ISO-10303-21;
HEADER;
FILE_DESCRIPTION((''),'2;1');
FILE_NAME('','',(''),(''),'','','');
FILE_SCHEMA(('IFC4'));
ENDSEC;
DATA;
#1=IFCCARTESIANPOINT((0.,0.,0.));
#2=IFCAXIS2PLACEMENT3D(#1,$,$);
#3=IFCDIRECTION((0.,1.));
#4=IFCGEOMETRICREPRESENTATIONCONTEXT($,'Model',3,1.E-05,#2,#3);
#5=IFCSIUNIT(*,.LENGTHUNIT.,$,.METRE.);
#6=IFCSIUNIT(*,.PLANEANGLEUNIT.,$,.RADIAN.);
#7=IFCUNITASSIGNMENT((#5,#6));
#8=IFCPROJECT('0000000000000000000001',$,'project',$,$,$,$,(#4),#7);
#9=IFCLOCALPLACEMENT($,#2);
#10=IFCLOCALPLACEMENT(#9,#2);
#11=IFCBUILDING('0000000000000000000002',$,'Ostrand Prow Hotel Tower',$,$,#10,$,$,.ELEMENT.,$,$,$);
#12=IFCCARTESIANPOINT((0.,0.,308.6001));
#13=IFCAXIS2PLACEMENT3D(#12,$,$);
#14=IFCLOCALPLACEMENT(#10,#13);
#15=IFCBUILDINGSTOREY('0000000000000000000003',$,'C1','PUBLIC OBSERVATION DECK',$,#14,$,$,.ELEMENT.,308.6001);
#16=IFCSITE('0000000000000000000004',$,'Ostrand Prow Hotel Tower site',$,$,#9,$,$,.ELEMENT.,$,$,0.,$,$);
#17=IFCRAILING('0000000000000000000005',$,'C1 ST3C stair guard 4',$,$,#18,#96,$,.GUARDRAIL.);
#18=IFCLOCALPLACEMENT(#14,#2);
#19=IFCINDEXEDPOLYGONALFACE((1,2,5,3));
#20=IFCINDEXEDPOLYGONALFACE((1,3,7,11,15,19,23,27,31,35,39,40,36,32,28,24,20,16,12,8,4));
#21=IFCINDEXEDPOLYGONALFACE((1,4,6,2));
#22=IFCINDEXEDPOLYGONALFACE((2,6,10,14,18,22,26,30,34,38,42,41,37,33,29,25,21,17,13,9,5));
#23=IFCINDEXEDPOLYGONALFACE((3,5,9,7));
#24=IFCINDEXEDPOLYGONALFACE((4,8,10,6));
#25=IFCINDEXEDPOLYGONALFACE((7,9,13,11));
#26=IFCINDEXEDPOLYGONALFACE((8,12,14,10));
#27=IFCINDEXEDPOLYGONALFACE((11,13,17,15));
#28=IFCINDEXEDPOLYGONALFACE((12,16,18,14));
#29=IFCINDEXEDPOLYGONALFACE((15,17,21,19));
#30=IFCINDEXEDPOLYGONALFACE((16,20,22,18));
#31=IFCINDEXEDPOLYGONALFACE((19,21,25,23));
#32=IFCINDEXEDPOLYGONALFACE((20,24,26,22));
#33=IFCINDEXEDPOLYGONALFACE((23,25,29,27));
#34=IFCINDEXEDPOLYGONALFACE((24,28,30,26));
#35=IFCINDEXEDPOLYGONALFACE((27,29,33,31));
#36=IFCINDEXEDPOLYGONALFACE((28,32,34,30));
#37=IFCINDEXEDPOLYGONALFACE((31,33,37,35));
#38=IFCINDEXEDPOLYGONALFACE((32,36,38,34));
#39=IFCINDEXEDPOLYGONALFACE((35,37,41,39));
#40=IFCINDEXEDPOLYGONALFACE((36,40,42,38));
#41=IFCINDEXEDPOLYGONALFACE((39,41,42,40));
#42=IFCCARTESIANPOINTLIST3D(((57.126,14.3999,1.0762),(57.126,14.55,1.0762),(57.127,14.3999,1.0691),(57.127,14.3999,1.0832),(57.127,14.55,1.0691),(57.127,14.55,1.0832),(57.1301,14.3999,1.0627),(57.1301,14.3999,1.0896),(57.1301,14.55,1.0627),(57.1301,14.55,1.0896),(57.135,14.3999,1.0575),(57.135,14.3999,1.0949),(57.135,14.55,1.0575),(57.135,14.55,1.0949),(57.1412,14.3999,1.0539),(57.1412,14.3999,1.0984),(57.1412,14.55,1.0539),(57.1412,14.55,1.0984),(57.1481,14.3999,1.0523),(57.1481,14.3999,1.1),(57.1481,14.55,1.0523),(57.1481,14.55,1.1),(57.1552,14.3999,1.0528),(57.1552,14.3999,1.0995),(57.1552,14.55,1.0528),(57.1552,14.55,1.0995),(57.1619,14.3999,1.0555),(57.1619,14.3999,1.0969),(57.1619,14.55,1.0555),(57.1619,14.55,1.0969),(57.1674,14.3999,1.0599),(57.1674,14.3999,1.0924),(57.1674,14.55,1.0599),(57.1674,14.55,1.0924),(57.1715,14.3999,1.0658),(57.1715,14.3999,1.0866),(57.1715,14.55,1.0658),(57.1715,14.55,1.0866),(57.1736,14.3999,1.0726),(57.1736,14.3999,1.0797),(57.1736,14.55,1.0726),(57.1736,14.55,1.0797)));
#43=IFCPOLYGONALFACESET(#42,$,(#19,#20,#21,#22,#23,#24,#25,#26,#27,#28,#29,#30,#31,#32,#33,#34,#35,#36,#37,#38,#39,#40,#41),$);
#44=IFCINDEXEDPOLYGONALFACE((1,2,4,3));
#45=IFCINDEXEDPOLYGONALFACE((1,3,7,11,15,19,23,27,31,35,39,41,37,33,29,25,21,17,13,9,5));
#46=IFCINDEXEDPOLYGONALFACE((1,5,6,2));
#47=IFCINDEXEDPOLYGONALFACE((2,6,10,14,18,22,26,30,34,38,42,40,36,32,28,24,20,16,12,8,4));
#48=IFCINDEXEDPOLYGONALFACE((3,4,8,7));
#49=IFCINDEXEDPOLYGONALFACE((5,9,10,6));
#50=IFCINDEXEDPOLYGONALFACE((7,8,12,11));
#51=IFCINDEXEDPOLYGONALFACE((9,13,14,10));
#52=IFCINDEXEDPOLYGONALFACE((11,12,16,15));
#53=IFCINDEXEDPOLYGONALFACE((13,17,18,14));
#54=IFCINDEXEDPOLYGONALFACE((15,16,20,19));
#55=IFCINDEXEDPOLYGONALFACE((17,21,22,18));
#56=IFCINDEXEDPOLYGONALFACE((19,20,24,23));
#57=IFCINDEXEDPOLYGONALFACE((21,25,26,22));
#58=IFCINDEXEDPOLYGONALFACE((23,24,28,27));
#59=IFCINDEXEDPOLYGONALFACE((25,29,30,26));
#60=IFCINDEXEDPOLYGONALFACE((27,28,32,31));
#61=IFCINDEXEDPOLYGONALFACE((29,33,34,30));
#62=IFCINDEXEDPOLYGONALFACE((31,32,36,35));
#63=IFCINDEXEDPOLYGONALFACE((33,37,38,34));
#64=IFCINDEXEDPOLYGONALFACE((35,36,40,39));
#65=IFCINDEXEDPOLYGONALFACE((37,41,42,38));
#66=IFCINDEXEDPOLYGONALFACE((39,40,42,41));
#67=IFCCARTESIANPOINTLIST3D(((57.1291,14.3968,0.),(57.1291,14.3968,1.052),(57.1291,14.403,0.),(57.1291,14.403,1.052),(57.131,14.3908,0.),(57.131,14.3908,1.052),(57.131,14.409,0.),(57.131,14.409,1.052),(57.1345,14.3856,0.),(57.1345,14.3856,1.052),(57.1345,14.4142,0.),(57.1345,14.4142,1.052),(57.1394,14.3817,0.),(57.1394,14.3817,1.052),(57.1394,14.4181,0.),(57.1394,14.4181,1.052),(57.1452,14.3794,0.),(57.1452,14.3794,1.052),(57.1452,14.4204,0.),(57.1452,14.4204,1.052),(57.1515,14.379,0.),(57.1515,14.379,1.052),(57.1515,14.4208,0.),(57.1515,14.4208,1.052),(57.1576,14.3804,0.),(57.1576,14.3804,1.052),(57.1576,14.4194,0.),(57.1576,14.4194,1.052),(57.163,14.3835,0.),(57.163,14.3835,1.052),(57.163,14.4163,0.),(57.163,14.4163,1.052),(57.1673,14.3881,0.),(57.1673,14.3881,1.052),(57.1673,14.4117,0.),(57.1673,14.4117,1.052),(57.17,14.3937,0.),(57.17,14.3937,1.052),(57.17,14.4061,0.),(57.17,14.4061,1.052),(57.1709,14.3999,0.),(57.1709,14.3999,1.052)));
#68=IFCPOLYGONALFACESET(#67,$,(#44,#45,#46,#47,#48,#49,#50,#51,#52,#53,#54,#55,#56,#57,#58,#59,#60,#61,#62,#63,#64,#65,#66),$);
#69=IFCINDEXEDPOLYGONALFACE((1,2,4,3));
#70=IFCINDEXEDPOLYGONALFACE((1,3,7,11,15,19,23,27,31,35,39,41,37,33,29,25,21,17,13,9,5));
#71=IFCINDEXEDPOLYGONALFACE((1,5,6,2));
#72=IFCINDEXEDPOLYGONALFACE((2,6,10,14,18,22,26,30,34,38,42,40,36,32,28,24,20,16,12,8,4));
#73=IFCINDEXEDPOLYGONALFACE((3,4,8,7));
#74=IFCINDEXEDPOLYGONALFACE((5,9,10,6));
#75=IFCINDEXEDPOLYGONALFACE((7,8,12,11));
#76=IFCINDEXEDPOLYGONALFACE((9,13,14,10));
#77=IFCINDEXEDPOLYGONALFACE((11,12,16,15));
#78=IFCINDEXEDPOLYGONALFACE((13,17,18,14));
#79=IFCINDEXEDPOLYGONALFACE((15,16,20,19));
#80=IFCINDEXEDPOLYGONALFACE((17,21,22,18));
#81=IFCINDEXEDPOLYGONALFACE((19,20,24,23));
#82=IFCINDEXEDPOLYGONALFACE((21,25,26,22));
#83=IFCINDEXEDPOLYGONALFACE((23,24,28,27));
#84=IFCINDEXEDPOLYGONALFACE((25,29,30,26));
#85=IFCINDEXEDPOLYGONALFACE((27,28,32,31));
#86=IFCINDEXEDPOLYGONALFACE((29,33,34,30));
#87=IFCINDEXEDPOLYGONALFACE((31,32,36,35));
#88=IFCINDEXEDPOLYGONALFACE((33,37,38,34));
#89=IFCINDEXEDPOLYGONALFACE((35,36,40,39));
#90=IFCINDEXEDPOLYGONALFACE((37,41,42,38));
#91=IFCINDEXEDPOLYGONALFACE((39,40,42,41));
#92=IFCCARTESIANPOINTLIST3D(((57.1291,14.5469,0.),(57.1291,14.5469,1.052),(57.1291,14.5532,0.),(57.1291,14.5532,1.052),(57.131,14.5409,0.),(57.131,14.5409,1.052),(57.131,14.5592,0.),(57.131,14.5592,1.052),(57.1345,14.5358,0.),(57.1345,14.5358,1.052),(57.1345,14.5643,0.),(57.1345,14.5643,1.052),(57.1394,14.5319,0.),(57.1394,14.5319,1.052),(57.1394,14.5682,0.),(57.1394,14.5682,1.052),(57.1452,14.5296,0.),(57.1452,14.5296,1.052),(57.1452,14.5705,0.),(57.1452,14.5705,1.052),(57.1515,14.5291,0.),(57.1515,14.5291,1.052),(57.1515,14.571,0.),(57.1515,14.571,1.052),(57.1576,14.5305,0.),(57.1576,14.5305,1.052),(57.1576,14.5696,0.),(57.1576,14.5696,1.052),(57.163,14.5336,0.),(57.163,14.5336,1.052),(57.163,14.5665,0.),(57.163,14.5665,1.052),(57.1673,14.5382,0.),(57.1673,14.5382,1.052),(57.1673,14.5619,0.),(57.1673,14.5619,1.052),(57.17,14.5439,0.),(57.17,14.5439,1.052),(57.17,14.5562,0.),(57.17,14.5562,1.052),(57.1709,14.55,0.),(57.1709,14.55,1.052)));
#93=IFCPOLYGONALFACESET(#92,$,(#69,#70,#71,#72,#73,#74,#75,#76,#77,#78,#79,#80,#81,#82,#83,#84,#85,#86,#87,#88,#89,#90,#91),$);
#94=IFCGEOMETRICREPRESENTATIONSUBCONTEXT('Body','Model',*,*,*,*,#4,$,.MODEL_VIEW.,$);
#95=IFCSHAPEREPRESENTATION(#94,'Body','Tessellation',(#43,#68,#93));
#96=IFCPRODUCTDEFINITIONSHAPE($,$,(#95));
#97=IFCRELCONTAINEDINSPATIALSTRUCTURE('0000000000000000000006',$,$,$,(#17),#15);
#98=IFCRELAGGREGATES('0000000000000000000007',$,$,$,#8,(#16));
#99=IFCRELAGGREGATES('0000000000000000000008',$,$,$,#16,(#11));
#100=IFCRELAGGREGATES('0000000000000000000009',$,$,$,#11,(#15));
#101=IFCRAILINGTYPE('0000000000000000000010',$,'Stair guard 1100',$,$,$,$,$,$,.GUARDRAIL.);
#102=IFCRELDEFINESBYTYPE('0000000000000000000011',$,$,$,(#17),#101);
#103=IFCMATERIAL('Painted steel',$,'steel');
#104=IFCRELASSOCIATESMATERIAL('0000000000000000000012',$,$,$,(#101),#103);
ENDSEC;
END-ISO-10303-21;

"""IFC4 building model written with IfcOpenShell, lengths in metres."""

from ifc_helpers import new_model, si_unit, direction, frame, origin, origin_2d, place, context, subcontext, project, spatial, circle, extrude, material, type_object, element, save


model = new_model("IFC4")

# Units and contexts
model_context = context("Model", 3, precision=1e-05, world=origin(), true_north=direction((0.0, 1.0)))
body_context = subcontext(model_context, "Body", "Model", "MODEL_VIEW")
ifc_project = project(units=[si_unit("LENGTHUNIT", "METRE"), si_unit("PLANEANGLEUNIT", "RADIAN")], contexts=[model_context])

# Site, building, storey
site_placement = place(None, origin())
site = spatial("IfcSite", under=ifc_project, at=site_placement, Name="Ostrand Prow Hotel Tower site", CompositionType="ELEMENT", RefElevation=0.0)
building_placement = place(site_placement, origin())
building = spatial("IfcBuilding", under=site, at=building_placement, Name="Ostrand Prow Hotel Tower", CompositionType="ELEMENT")
storey_placement = place(building_placement, frame((0.0, 0.0, 308.6001)))
storey = spatial("IfcBuildingStorey", under=building, at=storey_placement, Name="C1", Description="PUBLIC OBSERVATION DECK", CompositionType="ELEMENT", Elevation=308.6001)

# Railing
ifc_material_1 = material(Name="Painted steel", Category="steel")
railing_type_1 = type_object("IfcRailingType", Name="Stair guard 1100", PredefinedType="GUARDRAIL", material=ifc_material_1)
railing_1_placement = place(storey_placement, frame((57.1499, 14.3999, 0.0)))
element("IfcRailing", 1, at=railing_1_placement, inside=storey, type_object=railing_type_1, Name="C1 ST3C stair guard 4", PredefinedType="GUARDRAIL", context=body_context, shape_type="SweptSolid", body=[
    extrude(circle(Radius=0.0239, at=origin_2d()), frame((0.0, 0.0, 1.0762), z_axis=(0.0, 1.0, 0.0), x_axis=(-1.0, 0.0, 0.0)), (0.0, 0.0, 1.0), 0.1501),
    extrude(circle(Radius=0.021, at=origin_2d()), origin(), (0.0, 0.0, 1.0), 1.052),
    extrude(circle(Radius=0.021, at=origin_2d()), frame((0.0, 0.1501, 0.0)), (0.0, 0.0, 1.0), 1.052),
])

save(model, "model.ifc")
